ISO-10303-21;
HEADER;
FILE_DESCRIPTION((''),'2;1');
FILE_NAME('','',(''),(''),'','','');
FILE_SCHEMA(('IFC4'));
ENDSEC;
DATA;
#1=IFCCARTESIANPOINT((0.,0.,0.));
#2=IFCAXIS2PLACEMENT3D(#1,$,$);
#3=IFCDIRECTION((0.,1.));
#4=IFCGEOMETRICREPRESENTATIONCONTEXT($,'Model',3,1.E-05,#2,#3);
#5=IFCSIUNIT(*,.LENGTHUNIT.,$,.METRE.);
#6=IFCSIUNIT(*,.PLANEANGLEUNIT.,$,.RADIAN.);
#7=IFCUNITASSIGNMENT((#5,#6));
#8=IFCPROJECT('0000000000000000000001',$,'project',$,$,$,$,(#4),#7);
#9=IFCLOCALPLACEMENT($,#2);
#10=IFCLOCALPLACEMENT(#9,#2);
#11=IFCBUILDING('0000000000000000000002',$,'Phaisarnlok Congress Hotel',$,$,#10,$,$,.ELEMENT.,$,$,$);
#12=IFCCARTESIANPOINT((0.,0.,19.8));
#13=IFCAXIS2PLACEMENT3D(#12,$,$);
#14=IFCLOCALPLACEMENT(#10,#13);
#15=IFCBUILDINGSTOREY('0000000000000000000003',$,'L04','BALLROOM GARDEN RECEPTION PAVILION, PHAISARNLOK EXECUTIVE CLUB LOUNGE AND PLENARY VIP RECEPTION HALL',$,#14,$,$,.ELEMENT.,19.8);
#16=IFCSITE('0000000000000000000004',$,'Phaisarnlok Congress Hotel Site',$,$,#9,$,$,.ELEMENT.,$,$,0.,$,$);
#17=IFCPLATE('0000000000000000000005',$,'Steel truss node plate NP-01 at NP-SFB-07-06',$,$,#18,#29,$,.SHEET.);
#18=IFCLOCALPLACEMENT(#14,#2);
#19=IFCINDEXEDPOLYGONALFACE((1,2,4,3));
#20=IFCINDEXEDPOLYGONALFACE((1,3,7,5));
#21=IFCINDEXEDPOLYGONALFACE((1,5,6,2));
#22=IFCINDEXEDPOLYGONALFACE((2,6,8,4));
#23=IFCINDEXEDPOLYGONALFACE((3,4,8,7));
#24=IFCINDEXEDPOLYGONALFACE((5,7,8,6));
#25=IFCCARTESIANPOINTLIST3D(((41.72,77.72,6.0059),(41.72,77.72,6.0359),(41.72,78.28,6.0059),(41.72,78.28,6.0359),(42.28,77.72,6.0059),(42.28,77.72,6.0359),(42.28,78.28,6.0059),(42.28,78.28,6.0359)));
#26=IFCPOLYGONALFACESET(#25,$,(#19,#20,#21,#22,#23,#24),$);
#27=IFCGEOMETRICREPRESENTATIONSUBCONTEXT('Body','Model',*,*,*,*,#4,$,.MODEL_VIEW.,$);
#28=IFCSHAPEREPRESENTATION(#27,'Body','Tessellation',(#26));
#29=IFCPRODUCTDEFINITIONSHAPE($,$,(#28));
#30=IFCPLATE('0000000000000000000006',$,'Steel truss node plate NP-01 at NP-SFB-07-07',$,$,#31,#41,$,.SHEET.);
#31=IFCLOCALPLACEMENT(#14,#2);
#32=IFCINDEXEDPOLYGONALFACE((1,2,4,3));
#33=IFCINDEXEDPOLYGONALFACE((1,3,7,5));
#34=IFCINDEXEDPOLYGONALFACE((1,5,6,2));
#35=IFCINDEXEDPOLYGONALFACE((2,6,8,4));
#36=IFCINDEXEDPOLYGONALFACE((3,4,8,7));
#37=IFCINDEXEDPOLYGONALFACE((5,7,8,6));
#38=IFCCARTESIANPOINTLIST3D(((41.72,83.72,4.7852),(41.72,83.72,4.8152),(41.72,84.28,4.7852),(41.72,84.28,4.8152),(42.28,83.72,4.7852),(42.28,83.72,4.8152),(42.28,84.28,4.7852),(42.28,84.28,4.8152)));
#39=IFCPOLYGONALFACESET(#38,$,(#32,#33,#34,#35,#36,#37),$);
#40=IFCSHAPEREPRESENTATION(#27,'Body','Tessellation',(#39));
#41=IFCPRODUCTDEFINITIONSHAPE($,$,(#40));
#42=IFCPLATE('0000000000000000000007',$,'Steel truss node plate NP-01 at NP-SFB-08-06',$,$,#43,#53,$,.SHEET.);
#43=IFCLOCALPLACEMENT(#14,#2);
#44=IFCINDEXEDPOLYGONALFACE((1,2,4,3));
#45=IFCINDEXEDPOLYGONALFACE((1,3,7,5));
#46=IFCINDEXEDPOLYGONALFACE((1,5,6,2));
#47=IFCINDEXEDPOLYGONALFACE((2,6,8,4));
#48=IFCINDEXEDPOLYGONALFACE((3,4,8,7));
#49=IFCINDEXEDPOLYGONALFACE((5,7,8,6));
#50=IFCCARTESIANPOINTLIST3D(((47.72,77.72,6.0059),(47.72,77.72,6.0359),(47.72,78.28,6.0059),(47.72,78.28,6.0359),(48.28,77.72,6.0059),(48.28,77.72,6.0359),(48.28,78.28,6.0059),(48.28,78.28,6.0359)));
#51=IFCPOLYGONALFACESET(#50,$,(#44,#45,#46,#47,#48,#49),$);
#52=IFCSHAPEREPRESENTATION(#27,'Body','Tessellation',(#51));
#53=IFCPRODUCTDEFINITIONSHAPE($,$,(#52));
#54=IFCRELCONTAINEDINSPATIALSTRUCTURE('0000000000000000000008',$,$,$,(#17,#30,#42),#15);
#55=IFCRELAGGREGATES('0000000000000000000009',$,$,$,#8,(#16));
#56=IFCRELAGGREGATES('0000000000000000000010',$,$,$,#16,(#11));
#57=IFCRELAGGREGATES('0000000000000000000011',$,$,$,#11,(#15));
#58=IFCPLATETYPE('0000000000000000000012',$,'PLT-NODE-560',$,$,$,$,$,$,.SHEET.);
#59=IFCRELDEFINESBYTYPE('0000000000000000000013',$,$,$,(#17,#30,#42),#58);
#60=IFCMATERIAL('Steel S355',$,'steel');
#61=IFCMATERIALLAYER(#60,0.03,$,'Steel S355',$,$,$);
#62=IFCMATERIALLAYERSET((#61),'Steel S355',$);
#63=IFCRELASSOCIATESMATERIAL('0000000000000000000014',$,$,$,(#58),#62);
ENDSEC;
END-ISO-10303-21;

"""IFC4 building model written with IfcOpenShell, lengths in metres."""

from ifc_helpers import new_model, si_unit, direction, frame, origin, origin_2d, place, context, subcontext, project, spatial, rectangle, extrude, material, layer, layer_set, type_object, element, save


model = new_model("IFC4")

# Units and contexts
model_context = context("Model", 3, precision=1e-05, world=origin(), true_north=direction((0.0, 1.0)))
body_context = subcontext(model_context, "Body", "Model", "MODEL_VIEW")
ifc_project = project(units=[si_unit("LENGTHUNIT", "METRE"), si_unit("PLANEANGLEUNIT", "RADIAN")], contexts=[model_context])

# Site, building, storey
site_placement = place(None, origin())
site = spatial("IfcSite", under=ifc_project, at=site_placement, Name="Phaisarnlok Congress Hotel Site", CompositionType="ELEMENT", RefElevation=0.0)
building_placement = place(site_placement, origin())
building = spatial("IfcBuilding", under=site, at=building_placement, Name="Phaisarnlok Congress Hotel", CompositionType="ELEMENT")
storey_placement = place(building_placement, frame((0.0, 0.0, 19.8)))
storey = spatial("IfcBuildingStorey", under=building, at=storey_placement, Name="L04", Description="BALLROOM GARDEN RECEPTION PAVILION, PHAISARNLOK EXECUTIVE CLUB LOUNGE AND PLENARY VIP RECEPTION HALL", CompositionType="ELEMENT", Elevation=19.8)

# Shared definitions
ifc_material_1 = material(Name="Steel S355", Category="steel")

# Plates
ifc_layer_1 = layer(ifc_material_1, 0.03, Name="Steel S355")
ifc_layer_set_1 = layer_set([ifc_layer_1], Name="Steel S355")
plate_type_1 = type_object("IfcPlateType", Name="PLT-NODE-560", PredefinedType="SHEET", material=ifc_layer_set_1)
for number, where, z_axis, x_axis, name in (
    (1, (42.0, 78.0, 6.0059), (0.0, 0.0, 1.0), (1.0, 0.0, 0.0), "Steel truss node plate NP-01 at NP-SFB-07-06"),
    (2, (42.0, 84.0, 4.7852), (0.0, 0.0, 1.0), (1.0, 0.0, 0.0), "Steel truss node plate NP-01 at NP-SFB-07-07"),
    (3, (48.0, 78.0, 6.0059), (0.0, 0.0, 1.0), (1.0, 0.0, 0.0), "Steel truss node plate NP-01 at NP-SFB-08-06"),
):
    element("IfcPlate", number, at=place(storey_placement, frame(where, z_axis=z_axis, x_axis=x_axis)), inside=storey, type_object=plate_type_1, Name=name, PredefinedType="SHEET", context=body_context, shape_type="SweptSolid", body=[
        extrude(rectangle(XDim=0.5601, YDim=0.5601, at=origin_2d()), origin(), (0.0, 0.0, 1.0), 0.03),
    ])

save(model, "model.ifc")
